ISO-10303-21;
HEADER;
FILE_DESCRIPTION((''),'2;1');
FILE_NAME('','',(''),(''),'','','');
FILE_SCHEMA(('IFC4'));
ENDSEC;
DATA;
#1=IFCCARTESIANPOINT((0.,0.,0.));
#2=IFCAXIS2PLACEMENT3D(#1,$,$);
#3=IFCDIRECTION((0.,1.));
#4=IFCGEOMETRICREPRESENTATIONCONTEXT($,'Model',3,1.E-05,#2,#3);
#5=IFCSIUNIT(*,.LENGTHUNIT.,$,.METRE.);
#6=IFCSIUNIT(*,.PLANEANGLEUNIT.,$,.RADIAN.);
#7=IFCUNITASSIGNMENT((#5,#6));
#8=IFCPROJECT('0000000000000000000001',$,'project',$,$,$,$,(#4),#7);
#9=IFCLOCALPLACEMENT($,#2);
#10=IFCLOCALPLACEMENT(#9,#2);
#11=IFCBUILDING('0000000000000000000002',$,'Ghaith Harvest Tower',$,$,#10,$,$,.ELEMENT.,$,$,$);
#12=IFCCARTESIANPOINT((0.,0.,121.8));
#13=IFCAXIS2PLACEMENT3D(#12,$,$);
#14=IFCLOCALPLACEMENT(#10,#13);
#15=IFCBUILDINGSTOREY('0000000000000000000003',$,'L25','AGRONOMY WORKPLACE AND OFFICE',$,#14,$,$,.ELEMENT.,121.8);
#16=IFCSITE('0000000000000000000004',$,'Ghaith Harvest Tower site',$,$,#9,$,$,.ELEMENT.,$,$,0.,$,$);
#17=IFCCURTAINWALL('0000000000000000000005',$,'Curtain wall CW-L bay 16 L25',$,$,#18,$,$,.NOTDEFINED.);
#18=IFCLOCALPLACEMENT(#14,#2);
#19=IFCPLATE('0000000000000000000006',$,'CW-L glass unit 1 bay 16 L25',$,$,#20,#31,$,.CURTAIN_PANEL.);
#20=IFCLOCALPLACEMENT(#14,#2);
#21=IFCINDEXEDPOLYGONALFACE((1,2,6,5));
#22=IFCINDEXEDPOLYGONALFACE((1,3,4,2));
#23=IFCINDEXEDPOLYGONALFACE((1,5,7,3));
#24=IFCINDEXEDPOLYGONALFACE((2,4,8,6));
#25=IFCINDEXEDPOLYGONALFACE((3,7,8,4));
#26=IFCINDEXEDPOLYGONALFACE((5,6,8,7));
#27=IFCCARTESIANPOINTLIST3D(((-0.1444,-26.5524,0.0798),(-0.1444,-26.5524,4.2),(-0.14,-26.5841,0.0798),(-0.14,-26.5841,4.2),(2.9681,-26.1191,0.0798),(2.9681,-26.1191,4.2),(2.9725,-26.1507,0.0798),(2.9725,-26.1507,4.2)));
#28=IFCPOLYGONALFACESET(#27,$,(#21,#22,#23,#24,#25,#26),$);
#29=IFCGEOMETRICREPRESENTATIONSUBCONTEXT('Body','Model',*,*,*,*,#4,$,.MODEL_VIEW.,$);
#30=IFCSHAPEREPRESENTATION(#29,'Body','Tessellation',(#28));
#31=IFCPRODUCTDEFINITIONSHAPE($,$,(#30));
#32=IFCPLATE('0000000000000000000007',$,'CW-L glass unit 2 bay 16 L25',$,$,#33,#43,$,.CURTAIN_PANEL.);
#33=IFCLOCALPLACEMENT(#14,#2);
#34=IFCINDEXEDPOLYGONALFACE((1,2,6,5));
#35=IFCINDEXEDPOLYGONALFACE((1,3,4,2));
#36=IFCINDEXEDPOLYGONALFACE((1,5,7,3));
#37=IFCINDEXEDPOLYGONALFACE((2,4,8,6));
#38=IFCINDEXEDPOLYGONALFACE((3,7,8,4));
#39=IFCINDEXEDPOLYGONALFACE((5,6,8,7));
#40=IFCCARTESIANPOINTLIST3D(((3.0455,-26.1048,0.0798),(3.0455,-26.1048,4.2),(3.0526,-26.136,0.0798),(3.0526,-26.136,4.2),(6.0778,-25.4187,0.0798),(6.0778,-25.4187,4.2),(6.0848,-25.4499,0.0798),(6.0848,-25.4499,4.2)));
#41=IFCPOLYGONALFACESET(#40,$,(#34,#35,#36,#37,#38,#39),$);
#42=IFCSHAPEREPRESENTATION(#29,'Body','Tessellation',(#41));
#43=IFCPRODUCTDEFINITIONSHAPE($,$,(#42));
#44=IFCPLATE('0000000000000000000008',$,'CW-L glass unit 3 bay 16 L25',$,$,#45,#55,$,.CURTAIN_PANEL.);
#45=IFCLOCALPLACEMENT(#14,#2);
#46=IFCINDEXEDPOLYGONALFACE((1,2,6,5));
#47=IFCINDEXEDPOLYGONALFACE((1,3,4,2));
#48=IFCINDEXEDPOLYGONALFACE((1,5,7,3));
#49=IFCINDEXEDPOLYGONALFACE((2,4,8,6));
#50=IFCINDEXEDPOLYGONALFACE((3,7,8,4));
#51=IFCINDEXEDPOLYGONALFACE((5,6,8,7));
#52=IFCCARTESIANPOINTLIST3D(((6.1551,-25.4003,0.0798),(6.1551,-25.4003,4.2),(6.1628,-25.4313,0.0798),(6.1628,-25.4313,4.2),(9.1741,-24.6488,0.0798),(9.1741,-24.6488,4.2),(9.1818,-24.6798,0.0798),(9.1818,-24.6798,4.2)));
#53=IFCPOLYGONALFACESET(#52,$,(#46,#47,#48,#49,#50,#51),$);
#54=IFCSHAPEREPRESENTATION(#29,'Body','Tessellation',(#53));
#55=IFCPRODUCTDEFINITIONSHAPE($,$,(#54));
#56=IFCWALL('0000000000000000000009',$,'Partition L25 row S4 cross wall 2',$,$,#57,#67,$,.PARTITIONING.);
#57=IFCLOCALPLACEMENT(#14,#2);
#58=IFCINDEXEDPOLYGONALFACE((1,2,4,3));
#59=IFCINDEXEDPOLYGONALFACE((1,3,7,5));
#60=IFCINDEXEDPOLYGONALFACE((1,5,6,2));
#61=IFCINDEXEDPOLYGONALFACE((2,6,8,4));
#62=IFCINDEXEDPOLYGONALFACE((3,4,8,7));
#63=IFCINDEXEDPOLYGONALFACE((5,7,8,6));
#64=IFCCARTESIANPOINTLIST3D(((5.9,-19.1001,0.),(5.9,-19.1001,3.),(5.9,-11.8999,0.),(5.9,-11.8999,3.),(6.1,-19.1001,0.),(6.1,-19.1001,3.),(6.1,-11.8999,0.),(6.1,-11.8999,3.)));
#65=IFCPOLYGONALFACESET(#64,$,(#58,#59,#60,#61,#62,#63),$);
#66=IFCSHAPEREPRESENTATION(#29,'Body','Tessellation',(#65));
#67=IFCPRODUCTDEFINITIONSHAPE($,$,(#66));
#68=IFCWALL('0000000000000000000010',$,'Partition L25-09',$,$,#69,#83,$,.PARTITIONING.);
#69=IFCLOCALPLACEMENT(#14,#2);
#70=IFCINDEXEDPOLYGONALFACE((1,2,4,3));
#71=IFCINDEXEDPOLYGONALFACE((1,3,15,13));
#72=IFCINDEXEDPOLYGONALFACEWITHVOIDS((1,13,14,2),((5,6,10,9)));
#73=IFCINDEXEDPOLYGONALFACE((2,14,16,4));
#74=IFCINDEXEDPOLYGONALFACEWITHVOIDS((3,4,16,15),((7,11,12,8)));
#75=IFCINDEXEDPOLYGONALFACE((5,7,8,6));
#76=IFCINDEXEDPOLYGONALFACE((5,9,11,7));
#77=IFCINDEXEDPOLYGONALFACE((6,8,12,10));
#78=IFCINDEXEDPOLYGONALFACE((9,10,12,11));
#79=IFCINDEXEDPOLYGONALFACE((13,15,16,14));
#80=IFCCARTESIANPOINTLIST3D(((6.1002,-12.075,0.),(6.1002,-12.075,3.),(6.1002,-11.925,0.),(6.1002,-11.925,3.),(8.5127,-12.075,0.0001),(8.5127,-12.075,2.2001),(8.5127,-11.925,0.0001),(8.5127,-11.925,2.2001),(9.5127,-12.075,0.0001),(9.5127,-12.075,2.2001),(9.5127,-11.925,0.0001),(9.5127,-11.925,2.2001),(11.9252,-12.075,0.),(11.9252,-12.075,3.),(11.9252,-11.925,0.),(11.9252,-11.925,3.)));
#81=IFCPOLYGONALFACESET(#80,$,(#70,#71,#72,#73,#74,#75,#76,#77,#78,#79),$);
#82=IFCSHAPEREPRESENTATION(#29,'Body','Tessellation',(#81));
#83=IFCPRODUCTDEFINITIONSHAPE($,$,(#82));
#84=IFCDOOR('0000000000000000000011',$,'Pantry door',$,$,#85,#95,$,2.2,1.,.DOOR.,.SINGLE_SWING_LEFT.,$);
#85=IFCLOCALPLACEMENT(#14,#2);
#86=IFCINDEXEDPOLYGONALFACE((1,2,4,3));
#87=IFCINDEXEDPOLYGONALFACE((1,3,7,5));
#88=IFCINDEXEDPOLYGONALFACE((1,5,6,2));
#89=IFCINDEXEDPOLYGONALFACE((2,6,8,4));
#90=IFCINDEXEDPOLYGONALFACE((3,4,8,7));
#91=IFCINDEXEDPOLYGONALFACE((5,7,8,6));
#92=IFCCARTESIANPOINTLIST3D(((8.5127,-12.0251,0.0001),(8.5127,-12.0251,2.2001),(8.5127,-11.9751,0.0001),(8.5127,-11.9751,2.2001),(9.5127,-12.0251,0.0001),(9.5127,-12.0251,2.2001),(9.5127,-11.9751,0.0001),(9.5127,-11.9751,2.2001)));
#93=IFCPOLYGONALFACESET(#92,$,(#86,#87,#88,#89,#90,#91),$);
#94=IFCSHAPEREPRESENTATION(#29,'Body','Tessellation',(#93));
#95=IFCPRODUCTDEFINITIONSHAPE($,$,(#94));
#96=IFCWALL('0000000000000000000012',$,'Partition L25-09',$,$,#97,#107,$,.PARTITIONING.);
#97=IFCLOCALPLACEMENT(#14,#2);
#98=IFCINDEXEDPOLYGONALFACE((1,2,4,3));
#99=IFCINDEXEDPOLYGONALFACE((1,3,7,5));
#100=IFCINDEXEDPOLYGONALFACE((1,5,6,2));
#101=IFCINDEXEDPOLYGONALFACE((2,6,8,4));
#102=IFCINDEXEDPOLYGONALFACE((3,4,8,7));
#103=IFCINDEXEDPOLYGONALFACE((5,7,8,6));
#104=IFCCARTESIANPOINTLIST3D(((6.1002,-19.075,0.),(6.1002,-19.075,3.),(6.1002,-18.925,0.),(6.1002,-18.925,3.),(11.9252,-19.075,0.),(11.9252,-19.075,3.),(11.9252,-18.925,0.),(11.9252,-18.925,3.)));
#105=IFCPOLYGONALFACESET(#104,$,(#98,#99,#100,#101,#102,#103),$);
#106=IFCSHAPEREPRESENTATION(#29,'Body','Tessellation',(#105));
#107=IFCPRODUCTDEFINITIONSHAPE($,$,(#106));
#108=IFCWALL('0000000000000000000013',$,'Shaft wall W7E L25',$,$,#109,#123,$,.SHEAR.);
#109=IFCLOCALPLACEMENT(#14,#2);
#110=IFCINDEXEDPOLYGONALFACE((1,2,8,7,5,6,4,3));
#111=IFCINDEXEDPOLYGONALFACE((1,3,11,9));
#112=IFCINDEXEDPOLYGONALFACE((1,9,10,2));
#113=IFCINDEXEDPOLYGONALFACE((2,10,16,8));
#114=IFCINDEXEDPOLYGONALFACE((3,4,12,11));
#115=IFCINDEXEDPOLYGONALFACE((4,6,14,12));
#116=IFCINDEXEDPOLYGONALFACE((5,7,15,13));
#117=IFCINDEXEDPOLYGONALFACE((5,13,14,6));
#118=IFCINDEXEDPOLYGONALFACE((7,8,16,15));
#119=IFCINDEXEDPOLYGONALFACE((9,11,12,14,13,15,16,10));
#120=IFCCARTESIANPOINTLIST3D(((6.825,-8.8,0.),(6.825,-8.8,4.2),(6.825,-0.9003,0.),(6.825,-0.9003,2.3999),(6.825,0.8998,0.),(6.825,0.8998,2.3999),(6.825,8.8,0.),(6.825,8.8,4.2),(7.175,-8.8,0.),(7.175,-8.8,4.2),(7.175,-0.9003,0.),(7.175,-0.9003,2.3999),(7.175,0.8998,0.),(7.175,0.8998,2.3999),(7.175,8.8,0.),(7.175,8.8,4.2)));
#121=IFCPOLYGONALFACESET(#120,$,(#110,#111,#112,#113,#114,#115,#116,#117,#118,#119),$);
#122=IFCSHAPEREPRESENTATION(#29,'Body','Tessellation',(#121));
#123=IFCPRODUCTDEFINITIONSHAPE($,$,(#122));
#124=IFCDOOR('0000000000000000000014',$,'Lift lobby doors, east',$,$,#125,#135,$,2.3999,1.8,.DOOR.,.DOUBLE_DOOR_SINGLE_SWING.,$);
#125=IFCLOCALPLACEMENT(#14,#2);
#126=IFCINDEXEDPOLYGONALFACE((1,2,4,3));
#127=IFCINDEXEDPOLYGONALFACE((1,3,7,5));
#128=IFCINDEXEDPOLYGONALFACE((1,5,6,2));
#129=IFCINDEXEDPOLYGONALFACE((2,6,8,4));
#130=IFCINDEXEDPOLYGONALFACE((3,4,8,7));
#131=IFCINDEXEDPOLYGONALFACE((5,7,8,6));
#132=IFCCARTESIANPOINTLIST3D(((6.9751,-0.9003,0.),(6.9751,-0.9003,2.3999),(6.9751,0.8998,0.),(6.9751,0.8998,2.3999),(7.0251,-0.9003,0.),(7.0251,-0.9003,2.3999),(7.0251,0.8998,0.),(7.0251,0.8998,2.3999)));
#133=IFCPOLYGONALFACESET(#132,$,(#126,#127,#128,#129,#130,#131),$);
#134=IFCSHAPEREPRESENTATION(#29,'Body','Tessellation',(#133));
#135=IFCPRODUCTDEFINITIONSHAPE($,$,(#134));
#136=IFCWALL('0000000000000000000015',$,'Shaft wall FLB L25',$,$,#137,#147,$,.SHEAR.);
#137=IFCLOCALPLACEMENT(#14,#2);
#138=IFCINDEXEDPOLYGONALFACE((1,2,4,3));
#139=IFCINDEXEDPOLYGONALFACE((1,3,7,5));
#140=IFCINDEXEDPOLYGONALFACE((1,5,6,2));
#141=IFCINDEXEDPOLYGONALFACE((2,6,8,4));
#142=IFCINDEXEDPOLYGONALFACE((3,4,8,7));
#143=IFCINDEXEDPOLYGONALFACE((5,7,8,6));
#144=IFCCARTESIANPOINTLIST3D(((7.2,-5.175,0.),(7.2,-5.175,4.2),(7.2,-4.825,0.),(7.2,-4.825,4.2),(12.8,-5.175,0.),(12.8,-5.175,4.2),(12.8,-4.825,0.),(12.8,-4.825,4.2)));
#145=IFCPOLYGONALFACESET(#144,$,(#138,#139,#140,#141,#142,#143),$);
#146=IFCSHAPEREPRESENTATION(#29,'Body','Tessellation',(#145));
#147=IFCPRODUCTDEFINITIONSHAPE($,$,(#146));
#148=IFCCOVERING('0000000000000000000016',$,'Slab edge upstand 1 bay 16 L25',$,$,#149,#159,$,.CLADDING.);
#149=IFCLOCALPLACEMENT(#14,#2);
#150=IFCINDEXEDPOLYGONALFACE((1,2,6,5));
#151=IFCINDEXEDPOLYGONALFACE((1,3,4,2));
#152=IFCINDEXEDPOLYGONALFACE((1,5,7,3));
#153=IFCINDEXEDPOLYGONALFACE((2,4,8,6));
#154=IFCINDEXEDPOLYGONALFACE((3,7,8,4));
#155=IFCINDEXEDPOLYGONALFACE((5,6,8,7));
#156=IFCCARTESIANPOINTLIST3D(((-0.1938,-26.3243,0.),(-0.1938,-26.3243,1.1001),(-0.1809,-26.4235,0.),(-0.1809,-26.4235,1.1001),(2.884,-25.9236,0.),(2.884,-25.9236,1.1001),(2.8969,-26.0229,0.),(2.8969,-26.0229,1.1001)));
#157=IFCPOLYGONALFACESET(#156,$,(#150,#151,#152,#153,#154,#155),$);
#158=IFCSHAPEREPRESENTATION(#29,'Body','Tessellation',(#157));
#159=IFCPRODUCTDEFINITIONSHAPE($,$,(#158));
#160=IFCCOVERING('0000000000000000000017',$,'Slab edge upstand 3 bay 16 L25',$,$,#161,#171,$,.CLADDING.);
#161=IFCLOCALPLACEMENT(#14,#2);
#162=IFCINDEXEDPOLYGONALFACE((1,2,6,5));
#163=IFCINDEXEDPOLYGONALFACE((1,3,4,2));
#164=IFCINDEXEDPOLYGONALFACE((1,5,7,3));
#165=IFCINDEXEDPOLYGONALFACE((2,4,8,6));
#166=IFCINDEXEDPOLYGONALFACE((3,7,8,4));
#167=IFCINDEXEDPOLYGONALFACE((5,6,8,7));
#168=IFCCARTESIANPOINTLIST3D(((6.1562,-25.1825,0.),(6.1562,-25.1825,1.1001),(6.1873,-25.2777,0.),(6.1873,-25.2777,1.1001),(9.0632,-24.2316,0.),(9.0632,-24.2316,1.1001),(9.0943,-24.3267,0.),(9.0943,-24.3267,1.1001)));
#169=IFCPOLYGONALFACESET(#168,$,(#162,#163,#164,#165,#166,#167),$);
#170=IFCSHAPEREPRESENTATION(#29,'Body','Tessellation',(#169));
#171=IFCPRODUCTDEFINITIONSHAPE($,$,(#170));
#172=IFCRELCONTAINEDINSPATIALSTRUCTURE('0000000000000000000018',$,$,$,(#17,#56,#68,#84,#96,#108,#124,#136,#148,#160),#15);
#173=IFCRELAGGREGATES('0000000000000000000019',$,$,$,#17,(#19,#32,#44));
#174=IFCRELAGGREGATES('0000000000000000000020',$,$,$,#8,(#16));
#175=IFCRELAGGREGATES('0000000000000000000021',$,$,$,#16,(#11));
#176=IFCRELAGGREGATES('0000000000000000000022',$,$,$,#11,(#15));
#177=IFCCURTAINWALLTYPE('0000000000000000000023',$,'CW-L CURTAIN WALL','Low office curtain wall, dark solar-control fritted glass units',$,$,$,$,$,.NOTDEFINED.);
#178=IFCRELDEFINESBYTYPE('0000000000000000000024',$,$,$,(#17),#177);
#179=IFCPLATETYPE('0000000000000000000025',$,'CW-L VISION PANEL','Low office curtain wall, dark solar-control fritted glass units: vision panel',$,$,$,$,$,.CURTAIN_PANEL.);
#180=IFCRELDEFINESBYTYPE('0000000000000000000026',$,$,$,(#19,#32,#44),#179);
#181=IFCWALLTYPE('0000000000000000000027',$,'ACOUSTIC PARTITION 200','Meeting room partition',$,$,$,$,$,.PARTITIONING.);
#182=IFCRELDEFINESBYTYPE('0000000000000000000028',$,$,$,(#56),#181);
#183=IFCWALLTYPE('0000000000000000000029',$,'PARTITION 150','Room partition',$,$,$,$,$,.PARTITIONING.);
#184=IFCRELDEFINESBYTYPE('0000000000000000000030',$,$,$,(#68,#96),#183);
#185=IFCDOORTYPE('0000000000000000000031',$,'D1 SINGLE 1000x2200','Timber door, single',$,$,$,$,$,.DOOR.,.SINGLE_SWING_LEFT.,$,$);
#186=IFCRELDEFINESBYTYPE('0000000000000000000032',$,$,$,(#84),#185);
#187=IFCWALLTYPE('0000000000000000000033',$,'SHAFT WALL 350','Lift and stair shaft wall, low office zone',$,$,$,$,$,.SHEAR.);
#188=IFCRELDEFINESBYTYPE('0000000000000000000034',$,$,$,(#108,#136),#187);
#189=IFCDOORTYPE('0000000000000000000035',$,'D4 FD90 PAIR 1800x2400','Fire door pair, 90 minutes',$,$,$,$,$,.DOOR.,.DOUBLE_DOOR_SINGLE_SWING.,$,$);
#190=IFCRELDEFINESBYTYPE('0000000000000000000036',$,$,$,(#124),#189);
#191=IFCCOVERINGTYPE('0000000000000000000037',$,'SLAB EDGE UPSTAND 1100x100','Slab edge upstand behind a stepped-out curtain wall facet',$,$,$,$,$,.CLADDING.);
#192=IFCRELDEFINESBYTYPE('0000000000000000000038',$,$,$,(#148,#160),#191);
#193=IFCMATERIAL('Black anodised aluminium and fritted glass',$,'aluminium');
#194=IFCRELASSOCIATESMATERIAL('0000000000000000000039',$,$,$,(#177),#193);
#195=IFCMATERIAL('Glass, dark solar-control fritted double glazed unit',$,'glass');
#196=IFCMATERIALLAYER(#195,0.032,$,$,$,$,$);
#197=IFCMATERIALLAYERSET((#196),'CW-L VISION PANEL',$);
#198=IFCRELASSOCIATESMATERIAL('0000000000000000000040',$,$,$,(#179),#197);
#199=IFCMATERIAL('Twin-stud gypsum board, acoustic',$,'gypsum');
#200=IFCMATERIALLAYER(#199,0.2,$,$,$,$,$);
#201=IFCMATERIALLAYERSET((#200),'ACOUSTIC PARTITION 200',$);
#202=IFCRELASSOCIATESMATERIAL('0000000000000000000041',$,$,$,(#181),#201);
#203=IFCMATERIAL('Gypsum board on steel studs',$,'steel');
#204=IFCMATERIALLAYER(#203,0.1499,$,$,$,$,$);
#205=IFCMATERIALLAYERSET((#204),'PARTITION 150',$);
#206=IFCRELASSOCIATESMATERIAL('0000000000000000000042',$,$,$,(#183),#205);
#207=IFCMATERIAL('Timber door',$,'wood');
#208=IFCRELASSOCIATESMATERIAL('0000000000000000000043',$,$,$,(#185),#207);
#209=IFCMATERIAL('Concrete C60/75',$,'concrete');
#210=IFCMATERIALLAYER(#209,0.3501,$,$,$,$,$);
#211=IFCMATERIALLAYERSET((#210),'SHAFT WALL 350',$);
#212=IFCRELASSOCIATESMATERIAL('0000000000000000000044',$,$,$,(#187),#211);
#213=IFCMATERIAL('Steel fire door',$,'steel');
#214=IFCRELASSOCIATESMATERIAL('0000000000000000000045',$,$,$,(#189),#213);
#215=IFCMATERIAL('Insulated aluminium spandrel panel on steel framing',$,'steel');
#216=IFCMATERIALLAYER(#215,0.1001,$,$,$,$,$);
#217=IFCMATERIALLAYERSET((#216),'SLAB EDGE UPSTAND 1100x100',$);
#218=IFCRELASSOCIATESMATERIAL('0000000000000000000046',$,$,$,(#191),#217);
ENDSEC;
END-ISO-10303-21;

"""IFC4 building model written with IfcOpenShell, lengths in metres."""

from ifc_helpers import new_model, si_unit, direction, frame, frame_2d, origin, origin_2d, place, context, subcontext, project, spatial, rectangle, extrude, material, layer, layer_set, type_object, element, fill, aggregate, save


model = new_model("IFC4")

# Units and contexts
model_context = context("Model", 3, precision=1e-05, world=origin(), true_north=direction((0.0, 1.0)))
body_context = subcontext(model_context, "Body", "Model", "MODEL_VIEW")
ifc_project = project(units=[si_unit("LENGTHUNIT", "METRE"), si_unit("PLANEANGLEUNIT", "RADIAN")], contexts=[model_context])

# Site, building, storey
site_placement = place(None, origin())
site = spatial("IfcSite", under=ifc_project, at=site_placement, Name="Ghaith Harvest Tower site", CompositionType="ELEMENT", RefElevation=0.0)
building_placement = place(site_placement, origin())
building = spatial("IfcBuilding", under=site, at=building_placement, Name="Ghaith Harvest Tower", CompositionType="ELEMENT")
storey_placement = place(building_placement, frame((0.0, 0.0, 121.8)))
storey = spatial("IfcBuildingStorey", under=building, at=storey_placement, Name="L25", Description="AGRONOMY WORKPLACE AND OFFICE", CompositionType="ELEMENT", Elevation=121.8)

# Curtain wall
ifc_material_1 = material(Name="Black anodised aluminium and fritted glass", Category="aluminium")
curtain_wall_type = type_object("IfcCurtainWallType", Name="CW-L CURTAIN WALL", Description="Low office curtain wall, dark solar-control fritted glass units", PredefinedType="NOTDEFINED", material=ifc_material_1)
curtain_wall_1_placement = place(storey_placement, origin())
curtain_wall_1 = element("IfcCurtainWall", 1, at=curtain_wall_1_placement, inside=storey, type_object=curtain_wall_type, Name="Curtain wall CW-L bay 16 L25", PredefinedType="NOTDEFINED")

# Plates
ifc_material_2 = material(Name="Glass, dark solar-control fritted double glazed unit", Category="glass")
ifc_layer_1 = layer(ifc_material_2, 0.032)
ifc_layer_set_1 = layer_set([ifc_layer_1], Name="CW-L VISION PANEL")
plate_type = type_object("IfcPlateType", Name="CW-L VISION PANEL", Description="Low office curtain wall, dark solar-control fritted glass units: vision panel", PredefinedType="CURTAIN_PANEL", material=ifc_layer_set_1)
plate_1_placement = place(storey_placement, frame((1.4141, -26.3516, 0.0798), z_axis=(0.0, 0.0, 1.0), x_axis=(0.990448, 0.137886, 0.0)))
plate_1 = element("IfcPlate", 2, at=plate_1_placement, type_object=plate_type, Name="CW-L glass unit 1 bay 16 L25", PredefinedType="CURTAIN_PANEL", context=body_context, shape_type="SweptSolid", body=[
    extrude(rectangle(XDim=3.1426, YDim=0.032, at=origin_2d()), origin(), (0.0, 0.0, 1.0), 4.1201),
])
plate_2_placement = place(storey_placement, frame((4.5652, -25.7773, 0.0798), z_axis=(0.0, 0.0, 1.0), x_axis=(0.975342, 0.2207, 0.0)))
plate_2 = element("IfcPlate", 3, at=plate_2_placement, type_object=plate_type, Name="CW-L glass unit 2 bay 16 L25", PredefinedType="CURTAIN_PANEL", context=body_context, shape_type="SweptSolid", body=[
    extrude(rectangle(XDim=3.1089, YDim=0.032, at=origin_2d()), origin(), (0.0, 0.0, 1.0), 4.1201),
])
plate_3_placement = place(storey_placement, frame((7.6685, -25.04, 0.0798), z_axis=(0.0, 0.0, 1.0), x_axis=(0.970384, 0.241566, 0.0)))
plate_3 = element("IfcPlate", 4, at=plate_3_placement, type_object=plate_type, Name="CW-L glass unit 3 bay 16 L25", PredefinedType="CURTAIN_PANEL", context=body_context, shape_type="SweptSolid", body=[
    extrude(rectangle(XDim=3.1111, YDim=0.032, at=origin_2d()), origin(), (0.0, 0.0, 1.0), 4.1201),
])
aggregate(curtain_wall_1, [plate_1, plate_2, plate_3])

# Wall
ifc_material_3 = material(Name="Twin-stud gypsum board, acoustic", Category="gypsum")
ifc_layer_2 = layer(ifc_material_3, 0.2)
ifc_layer_set_2 = layer_set([ifc_layer_2], Name="ACOUSTIC PARTITION 200")
wall_type_1 = type_object("IfcWallType", Name="ACOUSTIC PARTITION 200", Description="Meeting room partition", PredefinedType="PARTITIONING", material=ifc_layer_set_2)
wall_1_placement = place(storey_placement, frame((6.0, -11.8999, 0.0), z_axis=(0.0, 0.0, 1.0), x_axis=(0.0, -1.0, 0.0)))
element("IfcWall", 5, at=wall_1_placement, inside=storey, type_object=wall_type_1, Name="Partition L25 row S4 cross wall 2", PredefinedType="PARTITIONING", context=body_context, shape_type="SweptSolid", body=[
    extrude(rectangle(XDim=7.2002, YDim=0.2, at=frame_2d((3.6001, 0.0))), origin(), (0.0, 0.0, 1.0), 3.0),
])

# Wall, opening, door
ifc_material_4 = material(Name="Gypsum board on steel studs", Category="steel")
ifc_layer_3 = layer(ifc_material_4, 0.1499)
ifc_layer_set_3 = layer_set([ifc_layer_3], Name="PARTITION 150")
wall_type_2 = type_object("IfcWallType", Name="PARTITION 150", Description="Room partition", PredefinedType="PARTITIONING", material=ifc_layer_set_3)
wall_2_placement = place(storey_placement, frame((6.1001, -12.0, 0.0), z_axis=(0.0, 0.0, 1.0), x_axis=(1.0, 0.0, 0.0)))
wall_2 = element("IfcWall", 6, at=wall_2_placement, inside=storey, type_object=wall_type_2, Name="Partition L25-09", PredefinedType="PARTITIONING", context=body_context, shape_type="SweptSolid", body=[
    extrude(rectangle(XDim=5.825, YDim=0.1499, at=frame_2d((2.9126, 0.0))), origin(), (0.0, 0.0, 1.0), 3.0),
])
opening_1_placement = place(wall_2_placement, frame((2.4126, 0.0, 0.0)))
opening_1 = element("IfcOpeningElement", 7, at=opening_1_placement, cuts=wall_2, PredefinedType="OPENING", context=body_context, shape_type="SweptSolid", body=[
    extrude(rectangle(XDim=1.0, YDim=2.2, at=frame_2d((0.5, 1.1001))), frame((0.0, 0.085, 0.0), z_axis=(0.0, -1.0, 0.0), x_axis=(1.0, 0.0, 0.0)), (0.0, 0.0, 1.0), 0.1699),
])
ifc_material_5 = material(Name="Timber door", Category="wood")
door_type_1 = type_object("IfcDoorType", Name="D1 SINGLE 1000x2200", Description="Timber door, single", OperationType="SINGLE_SWING_LEFT", PredefinedType="DOOR", material=ifc_material_5)
door_1_placement = place(opening_1_placement, origin())
door_1 = element("IfcDoor", 8, at=door_1_placement, inside=storey, type_object=door_type_1, Name="Pantry door", OperationType="SINGLE_SWING_LEFT", OverallHeight=2.2, OverallWidth=1.0, PredefinedType="DOOR", context=body_context, shape_type="SweptSolid", body=[
    extrude(rectangle(XDim=1.0, YDim=2.2, at=frame_2d((0.5, 1.1001))), frame((0.0, 0.0249, 0.0), z_axis=(0.0, -1.0, 0.0), x_axis=(1.0, 0.0, 0.0)), (0.0, 0.0, 1.0), 0.05),
])
fill(opening_1, door_1)

# Wall
wall_3_placement = place(storey_placement, frame((6.1001, -19.0, 0.0), z_axis=(0.0, 0.0, 1.0), x_axis=(1.0, 0.0, 0.0)))
element("IfcWall", 9, at=wall_3_placement, inside=storey, type_object=wall_type_2, Name="Partition L25-09", PredefinedType="PARTITIONING", context=body_context, shape_type="SweptSolid", body=[
    extrude(rectangle(XDim=5.825, YDim=0.1499, at=frame_2d((2.9126, 0.0))), origin(), (0.0, 0.0, 1.0), 3.0),
])

# Wall, opening, door
ifc_material_6 = material(Name="Concrete C60/75", Category="concrete")
ifc_layer_4 = layer(ifc_material_6, 0.3501)
ifc_layer_set_4 = layer_set([ifc_layer_4], Name="SHAFT WALL 350")
wall_type_3 = type_object("IfcWallType", Name="SHAFT WALL 350", Description="Lift and stair shaft wall, low office zone", PredefinedType="SHEAR", material=ifc_layer_set_4)
wall_4_placement = place(storey_placement, frame((7.0, -8.8, 0.0), z_axis=(0.0, 0.0, 1.0), x_axis=(0.0, 1.0, 0.0)))
wall_4 = element("IfcWall", 10, at=wall_4_placement, inside=storey, type_object=wall_type_3, Name="Shaft wall W7E L25", PredefinedType="SHEAR", context=body_context, shape_type="SweptSolid", body=[
    extrude(rectangle(XDim=17.6001, YDim=0.3501, at=frame_2d((8.8, 0.0))), origin(), (0.0, 0.0, 1.0), 4.2),
])
opening_2_placement = place(wall_4_placement, frame((7.8999, 0.0, 0.0)))
opening_2 = element("IfcOpeningElement", 11, at=opening_2_placement, cuts=wall_4, PredefinedType="OPENING", context=body_context, shape_type="SweptSolid", body=[
    extrude(rectangle(XDim=1.8, YDim=2.3999, at=frame_2d((0.8999, 1.2))), frame((0.0, 0.1851, 0.0), z_axis=(0.0, -1.0, 0.0), x_axis=(1.0, 0.0, 0.0)), (0.0, 0.0, 1.0), 0.3701),
])
ifc_material_7 = material(Name="Steel fire door", Category="steel")
door_type_2 = type_object("IfcDoorType", Name="D4 FD90 PAIR 1800x2400", Description="Fire door pair, 90 minutes", OperationType="DOUBLE_DOOR_SINGLE_SWING", PredefinedType="DOOR", material=ifc_material_7)
door_2_placement = place(opening_2_placement, origin())
door_2 = element("IfcDoor", 12, at=door_2_placement, inside=storey, type_object=door_type_2, Name="Lift lobby doors, east", OperationType="DOUBLE_DOOR_SINGLE_SWING", OverallHeight=2.3999, OverallWidth=1.8, PredefinedType="DOOR", context=body_context, shape_type="SweptSolid", body=[
    extrude(rectangle(XDim=1.8, YDim=2.3999, at=frame_2d((0.8999, 1.2))), frame((0.0, 0.0249, 0.0), z_axis=(0.0, -1.0, 0.0), x_axis=(1.0, 0.0, 0.0)), (0.0, 0.0, 1.0), 0.05),
])
fill(opening_2, door_2)

# Wall
wall_5_placement = place(storey_placement, frame((7.2, -5.0, 0.0), z_axis=(0.0, 0.0, 1.0), x_axis=(1.0, 0.0, 0.0)))
element("IfcWall", 13, at=wall_5_placement, inside=storey, type_object=wall_type_3, Name="Shaft wall FLB L25", PredefinedType="SHEAR", context=body_context, shape_type="SweptSolid", body=[
    extrude(rectangle(XDim=5.6001, YDim=0.3501, at=frame_2d((2.8, 0.0))), origin(), (0.0, 0.0, 1.0), 4.2),
])

# Coverings
ifc_material_8 = material(Name="Insulated aluminium spandrel panel on steel framing", Category="steel")
ifc_layer_5 = layer(ifc_material_8, 0.1001)
ifc_layer_set_5 = layer_set([ifc_layer_5], Name="SLAB EDGE UPSTAND 1100x100")
covering_type = type_object("IfcCoveringType", Name="SLAB EDGE UPSTAND 1100x100", Description="Slab edge upstand behind a stepped-out curtain wall facet", PredefinedType="CLADDING", material=ifc_layer_set_5)
covering_1_placement = place(storey_placement, frame((1.3516, -26.1736, 0.0), z_axis=(0.0, 0.0, 1.0), x_axis=(0.991634, 0.129084, 0.0)))
element("IfcCovering", 14, at=covering_1_placement, inside=storey, type_object=covering_type, Name="Slab edge upstand 1 bay 16 L25", PredefinedType="CLADDING", context=body_context, shape_type="SweptSolid", body=[
    extrude(rectangle(XDim=3.1038, YDim=0.1001, at=origin_2d()), origin(), (0.0, 0.0, 1.0), 1.1001),
])
covering_2_placement = place(storey_placement, frame((7.6252, -24.7546, 0.0), z_axis=(0.0, 0.0, 1.0), x_axis=(0.950441, 0.310904, 0.0)))
element("IfcCovering", 15, at=covering_2_placement, inside=storey, type_object=covering_type, Name="Slab edge upstand 3 bay 16 L25", PredefinedType="CLADDING", context=body_context, shape_type="SweptSolid", body=[
    extrude(rectangle(XDim=3.0586, YDim=0.1001, at=origin_2d()), origin(), (0.0, 0.0, 1.0), 1.1001),
])

save(model, "model.ifc")
